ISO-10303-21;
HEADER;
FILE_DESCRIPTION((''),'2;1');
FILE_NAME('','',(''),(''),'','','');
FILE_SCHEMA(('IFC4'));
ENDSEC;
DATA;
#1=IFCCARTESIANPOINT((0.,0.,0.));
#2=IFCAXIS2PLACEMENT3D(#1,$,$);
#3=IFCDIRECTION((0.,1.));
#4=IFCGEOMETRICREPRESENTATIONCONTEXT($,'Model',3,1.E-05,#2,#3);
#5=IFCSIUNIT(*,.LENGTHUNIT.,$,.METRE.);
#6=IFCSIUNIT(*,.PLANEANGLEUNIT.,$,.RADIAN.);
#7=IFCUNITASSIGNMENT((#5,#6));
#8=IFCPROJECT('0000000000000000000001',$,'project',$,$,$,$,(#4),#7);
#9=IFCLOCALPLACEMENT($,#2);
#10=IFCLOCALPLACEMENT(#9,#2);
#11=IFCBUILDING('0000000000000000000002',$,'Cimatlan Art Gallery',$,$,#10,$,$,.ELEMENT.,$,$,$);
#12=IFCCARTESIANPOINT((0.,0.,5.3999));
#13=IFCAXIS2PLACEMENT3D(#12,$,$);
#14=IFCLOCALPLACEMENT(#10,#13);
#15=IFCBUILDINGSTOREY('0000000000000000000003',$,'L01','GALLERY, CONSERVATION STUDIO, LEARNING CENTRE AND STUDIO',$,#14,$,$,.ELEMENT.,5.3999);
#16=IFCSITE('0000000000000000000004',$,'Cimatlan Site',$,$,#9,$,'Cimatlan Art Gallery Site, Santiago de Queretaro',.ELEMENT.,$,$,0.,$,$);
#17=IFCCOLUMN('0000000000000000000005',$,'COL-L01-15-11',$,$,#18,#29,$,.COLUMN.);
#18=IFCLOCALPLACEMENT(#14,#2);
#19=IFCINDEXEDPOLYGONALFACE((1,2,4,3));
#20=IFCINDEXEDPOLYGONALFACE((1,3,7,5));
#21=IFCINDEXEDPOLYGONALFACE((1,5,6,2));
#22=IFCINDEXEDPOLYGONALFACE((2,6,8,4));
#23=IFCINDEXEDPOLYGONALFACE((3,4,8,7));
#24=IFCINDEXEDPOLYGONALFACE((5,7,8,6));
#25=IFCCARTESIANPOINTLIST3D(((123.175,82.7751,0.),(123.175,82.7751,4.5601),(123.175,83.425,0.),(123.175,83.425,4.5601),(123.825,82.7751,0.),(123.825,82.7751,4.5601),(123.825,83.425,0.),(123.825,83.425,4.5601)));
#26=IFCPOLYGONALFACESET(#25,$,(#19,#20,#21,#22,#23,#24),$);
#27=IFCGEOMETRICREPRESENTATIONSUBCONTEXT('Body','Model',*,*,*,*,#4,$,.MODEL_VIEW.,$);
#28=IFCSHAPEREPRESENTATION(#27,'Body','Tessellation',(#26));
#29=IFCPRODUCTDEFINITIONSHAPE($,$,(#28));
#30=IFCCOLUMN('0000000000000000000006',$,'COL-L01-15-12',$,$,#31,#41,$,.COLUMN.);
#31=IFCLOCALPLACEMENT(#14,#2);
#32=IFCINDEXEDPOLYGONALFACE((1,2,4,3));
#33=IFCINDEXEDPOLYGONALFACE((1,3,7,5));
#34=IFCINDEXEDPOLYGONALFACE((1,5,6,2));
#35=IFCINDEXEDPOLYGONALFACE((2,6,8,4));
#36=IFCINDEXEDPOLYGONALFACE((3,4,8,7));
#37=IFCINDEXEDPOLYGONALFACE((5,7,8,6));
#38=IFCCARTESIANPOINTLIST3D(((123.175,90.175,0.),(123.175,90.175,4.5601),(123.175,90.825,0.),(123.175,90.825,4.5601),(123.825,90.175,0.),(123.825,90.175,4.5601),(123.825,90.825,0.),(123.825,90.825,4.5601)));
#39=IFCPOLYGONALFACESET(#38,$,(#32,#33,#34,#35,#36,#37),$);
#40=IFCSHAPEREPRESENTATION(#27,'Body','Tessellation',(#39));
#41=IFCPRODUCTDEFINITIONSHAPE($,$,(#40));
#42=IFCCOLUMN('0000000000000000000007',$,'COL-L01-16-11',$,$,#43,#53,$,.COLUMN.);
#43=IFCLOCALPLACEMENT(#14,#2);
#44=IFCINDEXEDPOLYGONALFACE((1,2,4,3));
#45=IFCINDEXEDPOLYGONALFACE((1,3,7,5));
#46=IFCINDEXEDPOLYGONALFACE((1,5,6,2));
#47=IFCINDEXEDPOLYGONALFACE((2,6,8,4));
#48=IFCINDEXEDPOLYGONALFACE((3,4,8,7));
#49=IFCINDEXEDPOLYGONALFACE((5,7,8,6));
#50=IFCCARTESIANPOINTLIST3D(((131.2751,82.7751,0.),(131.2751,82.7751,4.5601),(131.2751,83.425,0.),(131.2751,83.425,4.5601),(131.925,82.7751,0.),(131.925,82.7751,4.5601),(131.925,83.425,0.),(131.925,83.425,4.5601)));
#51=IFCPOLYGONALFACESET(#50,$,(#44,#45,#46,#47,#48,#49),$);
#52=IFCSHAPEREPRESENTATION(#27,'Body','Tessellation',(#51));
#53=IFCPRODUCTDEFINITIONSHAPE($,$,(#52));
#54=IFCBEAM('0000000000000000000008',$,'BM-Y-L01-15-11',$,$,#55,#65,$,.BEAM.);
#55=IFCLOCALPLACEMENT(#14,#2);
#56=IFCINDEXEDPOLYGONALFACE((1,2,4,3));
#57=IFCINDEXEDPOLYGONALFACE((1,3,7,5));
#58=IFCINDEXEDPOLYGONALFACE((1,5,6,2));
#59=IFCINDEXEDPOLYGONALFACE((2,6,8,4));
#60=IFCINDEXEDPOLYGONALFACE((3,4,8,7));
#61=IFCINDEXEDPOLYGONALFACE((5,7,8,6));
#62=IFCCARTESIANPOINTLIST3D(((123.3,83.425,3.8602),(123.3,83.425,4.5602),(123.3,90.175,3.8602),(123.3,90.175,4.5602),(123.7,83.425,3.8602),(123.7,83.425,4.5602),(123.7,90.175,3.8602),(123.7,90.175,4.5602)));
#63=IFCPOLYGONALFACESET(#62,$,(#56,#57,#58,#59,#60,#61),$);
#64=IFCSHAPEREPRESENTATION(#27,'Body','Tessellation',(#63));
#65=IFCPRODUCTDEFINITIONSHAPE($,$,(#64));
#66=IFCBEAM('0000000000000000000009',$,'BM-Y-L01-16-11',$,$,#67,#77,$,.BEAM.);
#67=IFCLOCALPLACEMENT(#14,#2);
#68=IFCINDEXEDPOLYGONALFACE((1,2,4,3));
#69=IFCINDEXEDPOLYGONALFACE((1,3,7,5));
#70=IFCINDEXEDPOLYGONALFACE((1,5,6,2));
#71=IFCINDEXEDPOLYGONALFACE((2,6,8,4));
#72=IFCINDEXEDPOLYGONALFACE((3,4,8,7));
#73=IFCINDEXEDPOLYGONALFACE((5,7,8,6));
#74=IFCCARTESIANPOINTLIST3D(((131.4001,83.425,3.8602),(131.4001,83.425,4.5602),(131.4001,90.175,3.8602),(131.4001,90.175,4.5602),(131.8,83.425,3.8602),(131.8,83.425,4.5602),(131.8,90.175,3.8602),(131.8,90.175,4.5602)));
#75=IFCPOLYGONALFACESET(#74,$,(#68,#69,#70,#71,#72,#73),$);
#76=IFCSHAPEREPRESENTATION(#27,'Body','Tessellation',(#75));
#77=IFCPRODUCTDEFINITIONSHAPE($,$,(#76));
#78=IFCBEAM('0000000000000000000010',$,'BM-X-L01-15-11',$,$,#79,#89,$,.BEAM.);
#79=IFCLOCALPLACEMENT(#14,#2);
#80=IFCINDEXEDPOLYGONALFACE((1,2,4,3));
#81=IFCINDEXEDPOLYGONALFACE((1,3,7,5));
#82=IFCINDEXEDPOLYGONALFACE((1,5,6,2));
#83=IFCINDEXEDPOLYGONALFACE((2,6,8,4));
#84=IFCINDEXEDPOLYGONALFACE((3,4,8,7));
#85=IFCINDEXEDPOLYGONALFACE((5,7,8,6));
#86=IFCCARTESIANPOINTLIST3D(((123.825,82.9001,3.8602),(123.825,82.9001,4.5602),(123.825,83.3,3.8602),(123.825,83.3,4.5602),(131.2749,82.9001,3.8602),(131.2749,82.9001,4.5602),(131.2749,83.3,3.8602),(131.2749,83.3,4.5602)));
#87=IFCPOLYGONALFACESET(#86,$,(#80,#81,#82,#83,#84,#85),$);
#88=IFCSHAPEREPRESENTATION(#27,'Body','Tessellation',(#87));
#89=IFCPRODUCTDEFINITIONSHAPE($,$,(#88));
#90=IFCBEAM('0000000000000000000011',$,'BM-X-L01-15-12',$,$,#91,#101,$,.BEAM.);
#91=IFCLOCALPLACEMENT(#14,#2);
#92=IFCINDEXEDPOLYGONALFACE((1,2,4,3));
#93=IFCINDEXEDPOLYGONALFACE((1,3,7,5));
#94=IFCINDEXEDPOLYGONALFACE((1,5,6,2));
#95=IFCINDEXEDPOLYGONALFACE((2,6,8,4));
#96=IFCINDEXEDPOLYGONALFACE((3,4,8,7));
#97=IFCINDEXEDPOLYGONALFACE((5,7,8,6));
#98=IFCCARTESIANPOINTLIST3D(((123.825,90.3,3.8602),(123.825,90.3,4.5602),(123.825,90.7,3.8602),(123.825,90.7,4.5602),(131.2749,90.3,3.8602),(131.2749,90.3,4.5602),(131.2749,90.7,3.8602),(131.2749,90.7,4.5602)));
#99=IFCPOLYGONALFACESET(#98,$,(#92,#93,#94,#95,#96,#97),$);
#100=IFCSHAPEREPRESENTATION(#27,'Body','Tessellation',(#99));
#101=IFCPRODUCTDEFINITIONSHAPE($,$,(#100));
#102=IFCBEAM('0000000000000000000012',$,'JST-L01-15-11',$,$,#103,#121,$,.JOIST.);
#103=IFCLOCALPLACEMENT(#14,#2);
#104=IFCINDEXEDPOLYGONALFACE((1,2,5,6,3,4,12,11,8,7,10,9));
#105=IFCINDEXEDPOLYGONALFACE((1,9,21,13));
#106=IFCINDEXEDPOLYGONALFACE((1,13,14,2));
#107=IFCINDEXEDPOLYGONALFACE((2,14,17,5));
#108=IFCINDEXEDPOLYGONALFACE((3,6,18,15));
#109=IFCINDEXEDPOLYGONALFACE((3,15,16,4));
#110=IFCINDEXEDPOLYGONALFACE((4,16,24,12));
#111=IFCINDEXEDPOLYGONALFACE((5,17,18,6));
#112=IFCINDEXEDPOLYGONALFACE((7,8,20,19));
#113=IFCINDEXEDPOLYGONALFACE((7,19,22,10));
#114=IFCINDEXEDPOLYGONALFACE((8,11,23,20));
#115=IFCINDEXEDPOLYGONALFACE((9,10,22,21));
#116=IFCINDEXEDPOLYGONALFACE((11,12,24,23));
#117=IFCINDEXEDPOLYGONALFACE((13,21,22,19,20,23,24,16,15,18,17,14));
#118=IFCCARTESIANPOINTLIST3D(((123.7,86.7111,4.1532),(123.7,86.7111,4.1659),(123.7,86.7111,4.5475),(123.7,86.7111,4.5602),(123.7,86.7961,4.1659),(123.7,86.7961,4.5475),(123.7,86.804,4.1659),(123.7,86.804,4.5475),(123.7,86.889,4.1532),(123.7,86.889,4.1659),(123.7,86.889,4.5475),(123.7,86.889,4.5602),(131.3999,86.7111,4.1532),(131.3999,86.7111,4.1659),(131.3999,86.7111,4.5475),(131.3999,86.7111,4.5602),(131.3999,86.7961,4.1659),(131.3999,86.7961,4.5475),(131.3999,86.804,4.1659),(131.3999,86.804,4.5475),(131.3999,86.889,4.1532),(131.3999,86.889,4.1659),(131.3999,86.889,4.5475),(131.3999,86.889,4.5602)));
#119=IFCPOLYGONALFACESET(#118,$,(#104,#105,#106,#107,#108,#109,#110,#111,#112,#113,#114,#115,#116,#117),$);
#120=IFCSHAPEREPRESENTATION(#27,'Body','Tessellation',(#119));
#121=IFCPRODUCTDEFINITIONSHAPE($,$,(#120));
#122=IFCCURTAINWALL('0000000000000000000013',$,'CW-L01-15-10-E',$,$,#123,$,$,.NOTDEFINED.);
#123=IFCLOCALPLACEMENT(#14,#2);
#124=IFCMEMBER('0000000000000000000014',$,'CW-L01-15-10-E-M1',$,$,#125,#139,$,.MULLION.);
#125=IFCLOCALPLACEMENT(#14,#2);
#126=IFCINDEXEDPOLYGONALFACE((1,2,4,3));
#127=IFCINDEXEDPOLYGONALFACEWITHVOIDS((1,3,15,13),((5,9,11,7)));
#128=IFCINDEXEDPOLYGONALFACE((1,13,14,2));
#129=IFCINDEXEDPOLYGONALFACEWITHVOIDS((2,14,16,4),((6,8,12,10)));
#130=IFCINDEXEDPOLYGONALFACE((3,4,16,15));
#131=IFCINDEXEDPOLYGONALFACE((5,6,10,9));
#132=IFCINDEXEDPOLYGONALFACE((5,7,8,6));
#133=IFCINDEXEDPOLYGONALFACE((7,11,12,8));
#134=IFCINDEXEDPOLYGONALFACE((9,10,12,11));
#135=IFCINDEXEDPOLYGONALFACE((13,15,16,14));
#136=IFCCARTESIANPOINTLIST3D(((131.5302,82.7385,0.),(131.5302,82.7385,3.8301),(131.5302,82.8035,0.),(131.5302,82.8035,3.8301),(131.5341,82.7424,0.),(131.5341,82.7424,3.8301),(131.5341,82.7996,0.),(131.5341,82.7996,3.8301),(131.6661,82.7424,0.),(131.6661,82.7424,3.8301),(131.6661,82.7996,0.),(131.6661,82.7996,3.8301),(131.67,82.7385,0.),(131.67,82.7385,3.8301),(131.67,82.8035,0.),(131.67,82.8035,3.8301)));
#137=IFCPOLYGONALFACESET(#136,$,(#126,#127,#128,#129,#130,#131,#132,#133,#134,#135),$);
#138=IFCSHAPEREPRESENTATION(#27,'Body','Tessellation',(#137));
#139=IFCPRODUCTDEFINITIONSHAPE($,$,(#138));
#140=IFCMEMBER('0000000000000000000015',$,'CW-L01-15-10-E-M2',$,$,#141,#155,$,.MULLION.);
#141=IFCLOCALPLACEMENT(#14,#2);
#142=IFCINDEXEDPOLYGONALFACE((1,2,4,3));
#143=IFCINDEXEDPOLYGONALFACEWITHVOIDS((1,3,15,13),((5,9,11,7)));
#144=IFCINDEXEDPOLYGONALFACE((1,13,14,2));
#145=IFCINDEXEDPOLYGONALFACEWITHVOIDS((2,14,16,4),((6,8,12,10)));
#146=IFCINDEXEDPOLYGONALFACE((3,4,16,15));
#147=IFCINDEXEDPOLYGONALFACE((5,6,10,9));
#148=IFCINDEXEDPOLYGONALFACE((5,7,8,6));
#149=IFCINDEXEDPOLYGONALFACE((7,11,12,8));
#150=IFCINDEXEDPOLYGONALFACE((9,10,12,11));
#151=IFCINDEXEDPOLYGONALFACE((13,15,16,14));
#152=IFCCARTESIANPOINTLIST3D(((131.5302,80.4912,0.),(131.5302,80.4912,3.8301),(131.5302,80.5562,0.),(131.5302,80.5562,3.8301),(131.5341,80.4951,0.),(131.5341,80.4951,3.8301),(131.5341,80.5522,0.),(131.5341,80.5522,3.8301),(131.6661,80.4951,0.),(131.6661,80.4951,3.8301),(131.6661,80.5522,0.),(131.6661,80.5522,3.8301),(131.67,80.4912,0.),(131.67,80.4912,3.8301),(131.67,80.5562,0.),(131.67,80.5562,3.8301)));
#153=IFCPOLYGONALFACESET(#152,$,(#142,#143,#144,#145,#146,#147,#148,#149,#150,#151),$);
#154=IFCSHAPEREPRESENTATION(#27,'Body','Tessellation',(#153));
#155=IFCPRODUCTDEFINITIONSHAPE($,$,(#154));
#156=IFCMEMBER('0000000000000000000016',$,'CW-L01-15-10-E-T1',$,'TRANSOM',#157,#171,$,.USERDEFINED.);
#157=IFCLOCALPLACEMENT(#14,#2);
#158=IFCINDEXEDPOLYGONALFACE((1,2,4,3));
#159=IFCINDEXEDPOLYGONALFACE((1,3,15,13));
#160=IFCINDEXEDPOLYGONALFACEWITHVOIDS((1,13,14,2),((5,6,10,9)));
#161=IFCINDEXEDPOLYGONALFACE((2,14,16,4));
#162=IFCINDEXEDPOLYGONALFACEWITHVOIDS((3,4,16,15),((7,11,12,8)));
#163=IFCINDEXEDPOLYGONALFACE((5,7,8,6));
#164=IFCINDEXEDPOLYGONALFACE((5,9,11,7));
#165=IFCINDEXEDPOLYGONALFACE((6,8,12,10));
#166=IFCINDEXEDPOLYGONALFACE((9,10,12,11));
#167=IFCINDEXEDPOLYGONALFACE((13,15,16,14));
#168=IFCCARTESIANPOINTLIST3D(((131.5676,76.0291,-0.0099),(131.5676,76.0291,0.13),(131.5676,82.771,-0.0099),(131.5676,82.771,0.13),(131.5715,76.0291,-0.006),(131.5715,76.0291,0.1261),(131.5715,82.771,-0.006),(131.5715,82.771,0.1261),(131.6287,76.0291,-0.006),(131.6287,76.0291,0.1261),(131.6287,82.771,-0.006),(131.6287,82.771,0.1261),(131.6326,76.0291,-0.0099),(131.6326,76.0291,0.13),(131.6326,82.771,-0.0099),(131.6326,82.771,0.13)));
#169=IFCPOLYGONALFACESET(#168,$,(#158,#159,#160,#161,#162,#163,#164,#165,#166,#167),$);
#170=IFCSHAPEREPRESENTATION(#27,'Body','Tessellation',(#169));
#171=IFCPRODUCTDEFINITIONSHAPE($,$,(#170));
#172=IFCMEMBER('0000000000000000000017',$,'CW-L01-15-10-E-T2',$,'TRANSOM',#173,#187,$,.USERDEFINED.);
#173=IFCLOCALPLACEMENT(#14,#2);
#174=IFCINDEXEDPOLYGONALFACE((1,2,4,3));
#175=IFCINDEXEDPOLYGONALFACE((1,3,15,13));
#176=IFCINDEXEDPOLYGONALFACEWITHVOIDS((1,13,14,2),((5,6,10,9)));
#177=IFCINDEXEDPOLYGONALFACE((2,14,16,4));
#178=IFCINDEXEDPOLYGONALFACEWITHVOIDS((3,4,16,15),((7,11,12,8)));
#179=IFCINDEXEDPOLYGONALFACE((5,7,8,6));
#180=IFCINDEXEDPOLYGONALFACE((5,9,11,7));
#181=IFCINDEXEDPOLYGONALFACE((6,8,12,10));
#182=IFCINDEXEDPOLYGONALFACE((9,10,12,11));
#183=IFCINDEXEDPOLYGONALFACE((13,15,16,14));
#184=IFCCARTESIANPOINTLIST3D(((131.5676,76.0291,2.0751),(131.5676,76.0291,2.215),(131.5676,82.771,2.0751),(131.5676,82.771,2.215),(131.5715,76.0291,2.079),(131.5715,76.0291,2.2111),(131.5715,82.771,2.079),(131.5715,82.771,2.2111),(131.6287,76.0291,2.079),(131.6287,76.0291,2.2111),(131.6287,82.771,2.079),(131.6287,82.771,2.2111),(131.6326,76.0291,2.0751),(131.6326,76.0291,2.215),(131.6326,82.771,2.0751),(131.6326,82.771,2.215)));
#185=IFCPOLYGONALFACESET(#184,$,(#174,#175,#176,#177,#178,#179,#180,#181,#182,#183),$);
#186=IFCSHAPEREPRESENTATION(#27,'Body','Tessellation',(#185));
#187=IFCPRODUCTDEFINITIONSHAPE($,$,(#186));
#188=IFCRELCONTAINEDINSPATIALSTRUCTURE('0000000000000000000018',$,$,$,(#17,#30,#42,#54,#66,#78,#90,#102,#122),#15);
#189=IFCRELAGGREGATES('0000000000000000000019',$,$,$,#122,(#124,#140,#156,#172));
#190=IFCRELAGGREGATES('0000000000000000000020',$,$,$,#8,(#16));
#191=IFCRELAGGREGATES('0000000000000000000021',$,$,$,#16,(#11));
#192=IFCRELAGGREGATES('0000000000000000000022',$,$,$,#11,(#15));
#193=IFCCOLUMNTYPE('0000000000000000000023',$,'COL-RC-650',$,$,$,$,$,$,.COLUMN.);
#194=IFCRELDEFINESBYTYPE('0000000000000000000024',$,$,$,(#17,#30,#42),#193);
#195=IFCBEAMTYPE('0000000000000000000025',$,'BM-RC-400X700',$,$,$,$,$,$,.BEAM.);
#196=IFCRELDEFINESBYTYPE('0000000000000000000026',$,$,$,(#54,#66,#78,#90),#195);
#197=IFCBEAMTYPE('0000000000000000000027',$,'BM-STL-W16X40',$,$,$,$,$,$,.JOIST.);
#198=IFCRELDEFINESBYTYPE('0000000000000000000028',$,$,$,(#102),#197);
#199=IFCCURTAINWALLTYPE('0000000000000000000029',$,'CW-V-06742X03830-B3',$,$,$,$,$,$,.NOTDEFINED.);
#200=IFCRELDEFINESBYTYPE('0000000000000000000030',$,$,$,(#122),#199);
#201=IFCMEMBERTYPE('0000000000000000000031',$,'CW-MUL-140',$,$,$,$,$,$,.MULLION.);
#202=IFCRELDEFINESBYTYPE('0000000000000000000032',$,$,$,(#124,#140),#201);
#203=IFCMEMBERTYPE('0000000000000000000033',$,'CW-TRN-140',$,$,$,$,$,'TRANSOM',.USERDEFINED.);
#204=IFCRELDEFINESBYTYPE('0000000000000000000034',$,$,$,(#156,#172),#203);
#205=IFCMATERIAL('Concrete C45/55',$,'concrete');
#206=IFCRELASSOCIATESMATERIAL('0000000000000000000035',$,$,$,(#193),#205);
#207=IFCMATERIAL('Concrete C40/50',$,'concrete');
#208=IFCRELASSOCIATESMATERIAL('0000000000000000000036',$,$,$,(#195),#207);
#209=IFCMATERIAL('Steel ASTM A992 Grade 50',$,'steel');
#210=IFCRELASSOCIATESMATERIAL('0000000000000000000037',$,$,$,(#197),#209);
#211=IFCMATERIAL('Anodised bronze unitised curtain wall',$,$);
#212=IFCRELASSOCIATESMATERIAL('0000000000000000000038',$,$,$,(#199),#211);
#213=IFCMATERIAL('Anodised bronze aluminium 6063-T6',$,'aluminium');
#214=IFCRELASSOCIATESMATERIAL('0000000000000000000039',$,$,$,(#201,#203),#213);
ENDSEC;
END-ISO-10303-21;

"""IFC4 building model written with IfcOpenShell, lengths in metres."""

from ifc_helpers import new_model, si_unit, direction, frame, origin, origin_2d, place, context, subcontext, project, spatial, rectangle, hollow_rectangle, i_section, extrude, material, material_profile, profile_set, type_object, element, aggregate, save


model = new_model("IFC4")

# Units and contexts
model_context = context("Model", 3, precision=1e-05, world=origin(), true_north=direction((0.0, 1.0)))
body_context = subcontext(model_context, "Body", "Model", "MODEL_VIEW")
ifc_project = project(units=[si_unit("LENGTHUNIT", "METRE"), si_unit("PLANEANGLEUNIT", "RADIAN")], contexts=[model_context])

# Site, building, storey
site_placement = place(None, origin())
site = spatial("IfcSite", under=ifc_project, at=site_placement, Name="Cimatlan Site", LongName="Cimatlan Art Gallery Site, Santiago de Queretaro", CompositionType="ELEMENT", RefElevation=0.0)
building_placement = place(site_placement, origin())
building = spatial("IfcBuilding", under=site, at=building_placement, Name="Cimatlan Art Gallery", CompositionType="ELEMENT")
storey_placement = place(building_placement, frame((0.0, 0.0, 5.3999)))
storey = spatial("IfcBuildingStorey", under=building, at=storey_placement, Name="L01", Description="GALLERY, CONSERVATION STUDIO, LEARNING CENTRE AND STUDIO", CompositionType="ELEMENT", Elevation=5.3999)

# Columns
ifc_material_1 = material(Name="Concrete C45/55", Category="concrete")
ifc_material_profile_1 = material_profile(ifc_material_1, rectangle(XDim=0.6499, YDim=0.6499, at=origin_2d()), Name="RC650X650")
ifc_profile_set_1 = profile_set([ifc_material_profile_1], Name="Concrete C45/55")
column_type = type_object("IfcColumnType", Name="COL-RC-650", PredefinedType="COLUMN", material=ifc_profile_set_1)
for number, where, z_axis, x_axis, name in (
    (1, (123.5, 83.1001, 0.0), (0.0, 0.0, 1.0), (1.0, 0.0, 0.0), "COL-L01-15-11"),
    (2, (123.5, 90.5, 0.0), (0.0, 0.0, 1.0), (1.0, 0.0, 0.0), "COL-L01-15-12"),
    (3, (131.6001, 83.1001, 0.0), (0.0, 0.0, 1.0), (1.0, 0.0, 0.0), "COL-L01-16-11"),
):
    element("IfcColumn", number, at=place(storey_placement, frame(where, z_axis=z_axis, x_axis=x_axis)), inside=storey, type_object=column_type, Name=name, PredefinedType="COLUMN", context=body_context, shape_type="SweptSolid", body=[
        extrude(rectangle(XDim=0.6499, YDim=0.6499, at=origin_2d()), origin(), (0.0, 0.0, 1.0), 4.5601),
    ])

# Beams
ifc_material_2 = material(Name="Concrete C40/50", Category="concrete")
ifc_material_profile_2 = material_profile(ifc_material_2, rectangle(XDim=0.3999, YDim=0.7, at=origin_2d()), Name="RC400X700")
ifc_profile_set_2 = profile_set([ifc_material_profile_2], Name="Concrete C40/50")
beam_type_1 = type_object("IfcBeamType", Name="BM-RC-400X700", PredefinedType="BEAM", material=ifc_profile_set_2)
for number, where, z_axis, x_axis, name in (
    (4, (123.5, 83.425, 4.2102), (0.0, 1.0, 0.0), (-1.0, 0.0, 0.0), "BM-Y-L01-15-11"),
    (5, (131.6001, 83.425, 4.2102), (0.0, 1.0, 0.0), (-1.0, 0.0, 0.0), "BM-Y-L01-16-11"),
):
    element("IfcBeam", number, at=place(storey_placement, frame(where, z_axis=z_axis, x_axis=x_axis)), inside=storey, type_object=beam_type_1, Name=name, PredefinedType="BEAM", context=body_context, shape_type="SweptSolid", body=[
        extrude(rectangle(XDim=0.3999, YDim=0.7, at=origin_2d()), origin(), (0.0, 0.0, 1.0), 6.75),
    ])
for number, where, z_axis, x_axis, name in (
    (6, (123.825, 83.1001, 4.2102), (1.0, 0.0, 0.0), (0.0, 1.0, 0.0), "BM-X-L01-15-11"),
    (7, (123.825, 90.5, 4.2102), (1.0, 0.0, 0.0), (0.0, 1.0, 0.0), "BM-X-L01-15-12"),
):
    element("IfcBeam", number, at=place(storey_placement, frame(where, z_axis=z_axis, x_axis=x_axis)), inside=storey, type_object=beam_type_1, Name=name, PredefinedType="BEAM", context=body_context, shape_type="SweptSolid", body=[
        extrude(rectangle(XDim=0.3999, YDim=0.7, at=origin_2d()), origin(), (0.0, 0.0, 1.0), 7.45),
    ])
ifc_material_3 = material(Name="Steel ASTM A992 Grade 50", Category="steel")
ifc_material_profile_3 = material_profile(ifc_material_3, i_section(OverallWidth=0.178, OverallDepth=0.407, WebThickness=0.0078, FlangeThickness=0.0127, at=origin_2d()), Name="W16X40")
ifc_profile_set_3 = profile_set([ifc_material_profile_3], Name="Steel ASTM A992 Grade 50")
beam_type_2 = type_object("IfcBeamType", Name="BM-STL-W16X40", PredefinedType="JOIST", material=ifc_profile_set_3)
beam_placement = place(storey_placement, frame((123.7, 86.8, 4.3567), z_axis=(1.0, 0.0, 0.0), x_axis=(0.0, 1.0, 0.0)))
element("IfcBeam", 8, at=beam_placement, inside=storey, type_object=beam_type_2, Name="JST-L01-15-11", PredefinedType="JOIST", context=body_context, shape_type="SweptSolid", body=[
    extrude(i_section(OverallWidth=0.178, OverallDepth=0.407, WebThickness=0.0078, FlangeThickness=0.0127, at=origin_2d()), origin(), (0.0, 0.0, 1.0), 7.7),
])

# Curtain wall, members
ifc_material_4 = material(Name="Anodised bronze unitised curtain wall")
curtain_wall_type = type_object("IfcCurtainWallType", Name="CW-V-06742X03830-B3", PredefinedType="NOTDEFINED", material=ifc_material_4)
curtain_wall_placement = place(storey_placement, origin())
curtain_wall = element("IfcCurtainWall", 9, at=curtain_wall_placement, inside=storey, type_object=curtain_wall_type, Name="CW-L01-15-10-E", PredefinedType="NOTDEFINED")
ifc_material_5 = material(Name="Anodised bronze aluminium 6063-T6", Category="aluminium")
ifc_material_profile_4 = material_profile(ifc_material_5, hollow_rectangle(XDim=0.0649, YDim=0.1399, WallThickness=0.0039, at=origin_2d()), Name="ALU65X140X4")
ifc_profile_set_4 = profile_set([ifc_material_profile_4], Name="Anodised bronze aluminium 6063-T6")
member_type_1 = type_object("IfcMemberType", Name="CW-MUL-140", PredefinedType="MULLION", material=ifc_profile_set_4)
member_1_placement = place(storey_placement, frame((131.6001, 82.771, 0.0), z_axis=(0.0, 0.0, 1.0), x_axis=(0.0, 1.0, 0.0)))
member_1 = element("IfcMember", 10, at=member_1_placement, type_object=member_type_1, Name="CW-L01-15-10-E-M1", PredefinedType="MULLION", context=body_context, shape_type="SweptSolid", body=[
    extrude(hollow_rectangle(XDim=0.0649, YDim=0.1399, WallThickness=0.0039, at=origin_2d()), origin(), (0.0, 0.0, 1.0), 3.8301),
])
member_2_placement = place(storey_placement, frame((131.6001, 80.5237, 0.0), z_axis=(0.0, 0.0, 1.0), x_axis=(0.0, 1.0, 0.0)))
member_2 = element("IfcMember", 11, at=member_2_placement, type_object=member_type_1, Name="CW-L01-15-10-E-M2", PredefinedType="MULLION", context=body_context, shape_type="SweptSolid", body=[
    extrude(hollow_rectangle(XDim=0.0649, YDim=0.1399, WallThickness=0.0039, at=origin_2d()), origin(), (0.0, 0.0, 1.0), 3.8301),
])
ifc_material_profile_5 = material_profile(ifc_material_5, hollow_rectangle(XDim=0.0649, YDim=0.1399, WallThickness=0.0039, at=origin_2d()), Name="ALU65X140X4")
ifc_profile_set_5 = profile_set([ifc_material_profile_5], Name="Anodised bronze aluminium 6063-T6")
member_type_2 = type_object("IfcMemberType", Name="CW-TRN-140", ElementType="TRANSOM", PredefinedType="USERDEFINED", material=ifc_profile_set_5)
member_3_placement = place(storey_placement, frame((131.6001, 82.771, 0.0601), z_axis=(0.0, -1.0, 0.0), x_axis=(1.0, 0.0, 0.0)))
member_3 = element("IfcMember", 12, at=member_3_placement, type_object=member_type_2, Name="CW-L01-15-10-E-T1", ObjectType="TRANSOM", PredefinedType="USERDEFINED", context=body_context, shape_type="SweptSolid", body=[
    extrude(hollow_rectangle(XDim=0.0649, YDim=0.1399, WallThickness=0.0039, at=origin_2d()), origin(), (0.0, 0.0, 1.0), 6.7419),
])
member_4_placement = place(storey_placement, frame((131.6001, 82.771, 2.145), z_axis=(0.0, -1.0, 0.0), x_axis=(1.0, 0.0, 0.0)))
member_4 = element("IfcMember", 13, at=member_4_placement, type_object=member_type_2, Name="CW-L01-15-10-E-T2", ObjectType="TRANSOM", PredefinedType="USERDEFINED", context=body_context, shape_type="SweptSolid", body=[
    extrude(hollow_rectangle(XDim=0.0649, YDim=0.1399, WallThickness=0.0039, at=origin_2d()), origin(), (0.0, 0.0, 1.0), 6.7419),
])
aggregate(curtain_wall, [member_1, member_2, member_3, member_4])

save(model, "model.ifc")
